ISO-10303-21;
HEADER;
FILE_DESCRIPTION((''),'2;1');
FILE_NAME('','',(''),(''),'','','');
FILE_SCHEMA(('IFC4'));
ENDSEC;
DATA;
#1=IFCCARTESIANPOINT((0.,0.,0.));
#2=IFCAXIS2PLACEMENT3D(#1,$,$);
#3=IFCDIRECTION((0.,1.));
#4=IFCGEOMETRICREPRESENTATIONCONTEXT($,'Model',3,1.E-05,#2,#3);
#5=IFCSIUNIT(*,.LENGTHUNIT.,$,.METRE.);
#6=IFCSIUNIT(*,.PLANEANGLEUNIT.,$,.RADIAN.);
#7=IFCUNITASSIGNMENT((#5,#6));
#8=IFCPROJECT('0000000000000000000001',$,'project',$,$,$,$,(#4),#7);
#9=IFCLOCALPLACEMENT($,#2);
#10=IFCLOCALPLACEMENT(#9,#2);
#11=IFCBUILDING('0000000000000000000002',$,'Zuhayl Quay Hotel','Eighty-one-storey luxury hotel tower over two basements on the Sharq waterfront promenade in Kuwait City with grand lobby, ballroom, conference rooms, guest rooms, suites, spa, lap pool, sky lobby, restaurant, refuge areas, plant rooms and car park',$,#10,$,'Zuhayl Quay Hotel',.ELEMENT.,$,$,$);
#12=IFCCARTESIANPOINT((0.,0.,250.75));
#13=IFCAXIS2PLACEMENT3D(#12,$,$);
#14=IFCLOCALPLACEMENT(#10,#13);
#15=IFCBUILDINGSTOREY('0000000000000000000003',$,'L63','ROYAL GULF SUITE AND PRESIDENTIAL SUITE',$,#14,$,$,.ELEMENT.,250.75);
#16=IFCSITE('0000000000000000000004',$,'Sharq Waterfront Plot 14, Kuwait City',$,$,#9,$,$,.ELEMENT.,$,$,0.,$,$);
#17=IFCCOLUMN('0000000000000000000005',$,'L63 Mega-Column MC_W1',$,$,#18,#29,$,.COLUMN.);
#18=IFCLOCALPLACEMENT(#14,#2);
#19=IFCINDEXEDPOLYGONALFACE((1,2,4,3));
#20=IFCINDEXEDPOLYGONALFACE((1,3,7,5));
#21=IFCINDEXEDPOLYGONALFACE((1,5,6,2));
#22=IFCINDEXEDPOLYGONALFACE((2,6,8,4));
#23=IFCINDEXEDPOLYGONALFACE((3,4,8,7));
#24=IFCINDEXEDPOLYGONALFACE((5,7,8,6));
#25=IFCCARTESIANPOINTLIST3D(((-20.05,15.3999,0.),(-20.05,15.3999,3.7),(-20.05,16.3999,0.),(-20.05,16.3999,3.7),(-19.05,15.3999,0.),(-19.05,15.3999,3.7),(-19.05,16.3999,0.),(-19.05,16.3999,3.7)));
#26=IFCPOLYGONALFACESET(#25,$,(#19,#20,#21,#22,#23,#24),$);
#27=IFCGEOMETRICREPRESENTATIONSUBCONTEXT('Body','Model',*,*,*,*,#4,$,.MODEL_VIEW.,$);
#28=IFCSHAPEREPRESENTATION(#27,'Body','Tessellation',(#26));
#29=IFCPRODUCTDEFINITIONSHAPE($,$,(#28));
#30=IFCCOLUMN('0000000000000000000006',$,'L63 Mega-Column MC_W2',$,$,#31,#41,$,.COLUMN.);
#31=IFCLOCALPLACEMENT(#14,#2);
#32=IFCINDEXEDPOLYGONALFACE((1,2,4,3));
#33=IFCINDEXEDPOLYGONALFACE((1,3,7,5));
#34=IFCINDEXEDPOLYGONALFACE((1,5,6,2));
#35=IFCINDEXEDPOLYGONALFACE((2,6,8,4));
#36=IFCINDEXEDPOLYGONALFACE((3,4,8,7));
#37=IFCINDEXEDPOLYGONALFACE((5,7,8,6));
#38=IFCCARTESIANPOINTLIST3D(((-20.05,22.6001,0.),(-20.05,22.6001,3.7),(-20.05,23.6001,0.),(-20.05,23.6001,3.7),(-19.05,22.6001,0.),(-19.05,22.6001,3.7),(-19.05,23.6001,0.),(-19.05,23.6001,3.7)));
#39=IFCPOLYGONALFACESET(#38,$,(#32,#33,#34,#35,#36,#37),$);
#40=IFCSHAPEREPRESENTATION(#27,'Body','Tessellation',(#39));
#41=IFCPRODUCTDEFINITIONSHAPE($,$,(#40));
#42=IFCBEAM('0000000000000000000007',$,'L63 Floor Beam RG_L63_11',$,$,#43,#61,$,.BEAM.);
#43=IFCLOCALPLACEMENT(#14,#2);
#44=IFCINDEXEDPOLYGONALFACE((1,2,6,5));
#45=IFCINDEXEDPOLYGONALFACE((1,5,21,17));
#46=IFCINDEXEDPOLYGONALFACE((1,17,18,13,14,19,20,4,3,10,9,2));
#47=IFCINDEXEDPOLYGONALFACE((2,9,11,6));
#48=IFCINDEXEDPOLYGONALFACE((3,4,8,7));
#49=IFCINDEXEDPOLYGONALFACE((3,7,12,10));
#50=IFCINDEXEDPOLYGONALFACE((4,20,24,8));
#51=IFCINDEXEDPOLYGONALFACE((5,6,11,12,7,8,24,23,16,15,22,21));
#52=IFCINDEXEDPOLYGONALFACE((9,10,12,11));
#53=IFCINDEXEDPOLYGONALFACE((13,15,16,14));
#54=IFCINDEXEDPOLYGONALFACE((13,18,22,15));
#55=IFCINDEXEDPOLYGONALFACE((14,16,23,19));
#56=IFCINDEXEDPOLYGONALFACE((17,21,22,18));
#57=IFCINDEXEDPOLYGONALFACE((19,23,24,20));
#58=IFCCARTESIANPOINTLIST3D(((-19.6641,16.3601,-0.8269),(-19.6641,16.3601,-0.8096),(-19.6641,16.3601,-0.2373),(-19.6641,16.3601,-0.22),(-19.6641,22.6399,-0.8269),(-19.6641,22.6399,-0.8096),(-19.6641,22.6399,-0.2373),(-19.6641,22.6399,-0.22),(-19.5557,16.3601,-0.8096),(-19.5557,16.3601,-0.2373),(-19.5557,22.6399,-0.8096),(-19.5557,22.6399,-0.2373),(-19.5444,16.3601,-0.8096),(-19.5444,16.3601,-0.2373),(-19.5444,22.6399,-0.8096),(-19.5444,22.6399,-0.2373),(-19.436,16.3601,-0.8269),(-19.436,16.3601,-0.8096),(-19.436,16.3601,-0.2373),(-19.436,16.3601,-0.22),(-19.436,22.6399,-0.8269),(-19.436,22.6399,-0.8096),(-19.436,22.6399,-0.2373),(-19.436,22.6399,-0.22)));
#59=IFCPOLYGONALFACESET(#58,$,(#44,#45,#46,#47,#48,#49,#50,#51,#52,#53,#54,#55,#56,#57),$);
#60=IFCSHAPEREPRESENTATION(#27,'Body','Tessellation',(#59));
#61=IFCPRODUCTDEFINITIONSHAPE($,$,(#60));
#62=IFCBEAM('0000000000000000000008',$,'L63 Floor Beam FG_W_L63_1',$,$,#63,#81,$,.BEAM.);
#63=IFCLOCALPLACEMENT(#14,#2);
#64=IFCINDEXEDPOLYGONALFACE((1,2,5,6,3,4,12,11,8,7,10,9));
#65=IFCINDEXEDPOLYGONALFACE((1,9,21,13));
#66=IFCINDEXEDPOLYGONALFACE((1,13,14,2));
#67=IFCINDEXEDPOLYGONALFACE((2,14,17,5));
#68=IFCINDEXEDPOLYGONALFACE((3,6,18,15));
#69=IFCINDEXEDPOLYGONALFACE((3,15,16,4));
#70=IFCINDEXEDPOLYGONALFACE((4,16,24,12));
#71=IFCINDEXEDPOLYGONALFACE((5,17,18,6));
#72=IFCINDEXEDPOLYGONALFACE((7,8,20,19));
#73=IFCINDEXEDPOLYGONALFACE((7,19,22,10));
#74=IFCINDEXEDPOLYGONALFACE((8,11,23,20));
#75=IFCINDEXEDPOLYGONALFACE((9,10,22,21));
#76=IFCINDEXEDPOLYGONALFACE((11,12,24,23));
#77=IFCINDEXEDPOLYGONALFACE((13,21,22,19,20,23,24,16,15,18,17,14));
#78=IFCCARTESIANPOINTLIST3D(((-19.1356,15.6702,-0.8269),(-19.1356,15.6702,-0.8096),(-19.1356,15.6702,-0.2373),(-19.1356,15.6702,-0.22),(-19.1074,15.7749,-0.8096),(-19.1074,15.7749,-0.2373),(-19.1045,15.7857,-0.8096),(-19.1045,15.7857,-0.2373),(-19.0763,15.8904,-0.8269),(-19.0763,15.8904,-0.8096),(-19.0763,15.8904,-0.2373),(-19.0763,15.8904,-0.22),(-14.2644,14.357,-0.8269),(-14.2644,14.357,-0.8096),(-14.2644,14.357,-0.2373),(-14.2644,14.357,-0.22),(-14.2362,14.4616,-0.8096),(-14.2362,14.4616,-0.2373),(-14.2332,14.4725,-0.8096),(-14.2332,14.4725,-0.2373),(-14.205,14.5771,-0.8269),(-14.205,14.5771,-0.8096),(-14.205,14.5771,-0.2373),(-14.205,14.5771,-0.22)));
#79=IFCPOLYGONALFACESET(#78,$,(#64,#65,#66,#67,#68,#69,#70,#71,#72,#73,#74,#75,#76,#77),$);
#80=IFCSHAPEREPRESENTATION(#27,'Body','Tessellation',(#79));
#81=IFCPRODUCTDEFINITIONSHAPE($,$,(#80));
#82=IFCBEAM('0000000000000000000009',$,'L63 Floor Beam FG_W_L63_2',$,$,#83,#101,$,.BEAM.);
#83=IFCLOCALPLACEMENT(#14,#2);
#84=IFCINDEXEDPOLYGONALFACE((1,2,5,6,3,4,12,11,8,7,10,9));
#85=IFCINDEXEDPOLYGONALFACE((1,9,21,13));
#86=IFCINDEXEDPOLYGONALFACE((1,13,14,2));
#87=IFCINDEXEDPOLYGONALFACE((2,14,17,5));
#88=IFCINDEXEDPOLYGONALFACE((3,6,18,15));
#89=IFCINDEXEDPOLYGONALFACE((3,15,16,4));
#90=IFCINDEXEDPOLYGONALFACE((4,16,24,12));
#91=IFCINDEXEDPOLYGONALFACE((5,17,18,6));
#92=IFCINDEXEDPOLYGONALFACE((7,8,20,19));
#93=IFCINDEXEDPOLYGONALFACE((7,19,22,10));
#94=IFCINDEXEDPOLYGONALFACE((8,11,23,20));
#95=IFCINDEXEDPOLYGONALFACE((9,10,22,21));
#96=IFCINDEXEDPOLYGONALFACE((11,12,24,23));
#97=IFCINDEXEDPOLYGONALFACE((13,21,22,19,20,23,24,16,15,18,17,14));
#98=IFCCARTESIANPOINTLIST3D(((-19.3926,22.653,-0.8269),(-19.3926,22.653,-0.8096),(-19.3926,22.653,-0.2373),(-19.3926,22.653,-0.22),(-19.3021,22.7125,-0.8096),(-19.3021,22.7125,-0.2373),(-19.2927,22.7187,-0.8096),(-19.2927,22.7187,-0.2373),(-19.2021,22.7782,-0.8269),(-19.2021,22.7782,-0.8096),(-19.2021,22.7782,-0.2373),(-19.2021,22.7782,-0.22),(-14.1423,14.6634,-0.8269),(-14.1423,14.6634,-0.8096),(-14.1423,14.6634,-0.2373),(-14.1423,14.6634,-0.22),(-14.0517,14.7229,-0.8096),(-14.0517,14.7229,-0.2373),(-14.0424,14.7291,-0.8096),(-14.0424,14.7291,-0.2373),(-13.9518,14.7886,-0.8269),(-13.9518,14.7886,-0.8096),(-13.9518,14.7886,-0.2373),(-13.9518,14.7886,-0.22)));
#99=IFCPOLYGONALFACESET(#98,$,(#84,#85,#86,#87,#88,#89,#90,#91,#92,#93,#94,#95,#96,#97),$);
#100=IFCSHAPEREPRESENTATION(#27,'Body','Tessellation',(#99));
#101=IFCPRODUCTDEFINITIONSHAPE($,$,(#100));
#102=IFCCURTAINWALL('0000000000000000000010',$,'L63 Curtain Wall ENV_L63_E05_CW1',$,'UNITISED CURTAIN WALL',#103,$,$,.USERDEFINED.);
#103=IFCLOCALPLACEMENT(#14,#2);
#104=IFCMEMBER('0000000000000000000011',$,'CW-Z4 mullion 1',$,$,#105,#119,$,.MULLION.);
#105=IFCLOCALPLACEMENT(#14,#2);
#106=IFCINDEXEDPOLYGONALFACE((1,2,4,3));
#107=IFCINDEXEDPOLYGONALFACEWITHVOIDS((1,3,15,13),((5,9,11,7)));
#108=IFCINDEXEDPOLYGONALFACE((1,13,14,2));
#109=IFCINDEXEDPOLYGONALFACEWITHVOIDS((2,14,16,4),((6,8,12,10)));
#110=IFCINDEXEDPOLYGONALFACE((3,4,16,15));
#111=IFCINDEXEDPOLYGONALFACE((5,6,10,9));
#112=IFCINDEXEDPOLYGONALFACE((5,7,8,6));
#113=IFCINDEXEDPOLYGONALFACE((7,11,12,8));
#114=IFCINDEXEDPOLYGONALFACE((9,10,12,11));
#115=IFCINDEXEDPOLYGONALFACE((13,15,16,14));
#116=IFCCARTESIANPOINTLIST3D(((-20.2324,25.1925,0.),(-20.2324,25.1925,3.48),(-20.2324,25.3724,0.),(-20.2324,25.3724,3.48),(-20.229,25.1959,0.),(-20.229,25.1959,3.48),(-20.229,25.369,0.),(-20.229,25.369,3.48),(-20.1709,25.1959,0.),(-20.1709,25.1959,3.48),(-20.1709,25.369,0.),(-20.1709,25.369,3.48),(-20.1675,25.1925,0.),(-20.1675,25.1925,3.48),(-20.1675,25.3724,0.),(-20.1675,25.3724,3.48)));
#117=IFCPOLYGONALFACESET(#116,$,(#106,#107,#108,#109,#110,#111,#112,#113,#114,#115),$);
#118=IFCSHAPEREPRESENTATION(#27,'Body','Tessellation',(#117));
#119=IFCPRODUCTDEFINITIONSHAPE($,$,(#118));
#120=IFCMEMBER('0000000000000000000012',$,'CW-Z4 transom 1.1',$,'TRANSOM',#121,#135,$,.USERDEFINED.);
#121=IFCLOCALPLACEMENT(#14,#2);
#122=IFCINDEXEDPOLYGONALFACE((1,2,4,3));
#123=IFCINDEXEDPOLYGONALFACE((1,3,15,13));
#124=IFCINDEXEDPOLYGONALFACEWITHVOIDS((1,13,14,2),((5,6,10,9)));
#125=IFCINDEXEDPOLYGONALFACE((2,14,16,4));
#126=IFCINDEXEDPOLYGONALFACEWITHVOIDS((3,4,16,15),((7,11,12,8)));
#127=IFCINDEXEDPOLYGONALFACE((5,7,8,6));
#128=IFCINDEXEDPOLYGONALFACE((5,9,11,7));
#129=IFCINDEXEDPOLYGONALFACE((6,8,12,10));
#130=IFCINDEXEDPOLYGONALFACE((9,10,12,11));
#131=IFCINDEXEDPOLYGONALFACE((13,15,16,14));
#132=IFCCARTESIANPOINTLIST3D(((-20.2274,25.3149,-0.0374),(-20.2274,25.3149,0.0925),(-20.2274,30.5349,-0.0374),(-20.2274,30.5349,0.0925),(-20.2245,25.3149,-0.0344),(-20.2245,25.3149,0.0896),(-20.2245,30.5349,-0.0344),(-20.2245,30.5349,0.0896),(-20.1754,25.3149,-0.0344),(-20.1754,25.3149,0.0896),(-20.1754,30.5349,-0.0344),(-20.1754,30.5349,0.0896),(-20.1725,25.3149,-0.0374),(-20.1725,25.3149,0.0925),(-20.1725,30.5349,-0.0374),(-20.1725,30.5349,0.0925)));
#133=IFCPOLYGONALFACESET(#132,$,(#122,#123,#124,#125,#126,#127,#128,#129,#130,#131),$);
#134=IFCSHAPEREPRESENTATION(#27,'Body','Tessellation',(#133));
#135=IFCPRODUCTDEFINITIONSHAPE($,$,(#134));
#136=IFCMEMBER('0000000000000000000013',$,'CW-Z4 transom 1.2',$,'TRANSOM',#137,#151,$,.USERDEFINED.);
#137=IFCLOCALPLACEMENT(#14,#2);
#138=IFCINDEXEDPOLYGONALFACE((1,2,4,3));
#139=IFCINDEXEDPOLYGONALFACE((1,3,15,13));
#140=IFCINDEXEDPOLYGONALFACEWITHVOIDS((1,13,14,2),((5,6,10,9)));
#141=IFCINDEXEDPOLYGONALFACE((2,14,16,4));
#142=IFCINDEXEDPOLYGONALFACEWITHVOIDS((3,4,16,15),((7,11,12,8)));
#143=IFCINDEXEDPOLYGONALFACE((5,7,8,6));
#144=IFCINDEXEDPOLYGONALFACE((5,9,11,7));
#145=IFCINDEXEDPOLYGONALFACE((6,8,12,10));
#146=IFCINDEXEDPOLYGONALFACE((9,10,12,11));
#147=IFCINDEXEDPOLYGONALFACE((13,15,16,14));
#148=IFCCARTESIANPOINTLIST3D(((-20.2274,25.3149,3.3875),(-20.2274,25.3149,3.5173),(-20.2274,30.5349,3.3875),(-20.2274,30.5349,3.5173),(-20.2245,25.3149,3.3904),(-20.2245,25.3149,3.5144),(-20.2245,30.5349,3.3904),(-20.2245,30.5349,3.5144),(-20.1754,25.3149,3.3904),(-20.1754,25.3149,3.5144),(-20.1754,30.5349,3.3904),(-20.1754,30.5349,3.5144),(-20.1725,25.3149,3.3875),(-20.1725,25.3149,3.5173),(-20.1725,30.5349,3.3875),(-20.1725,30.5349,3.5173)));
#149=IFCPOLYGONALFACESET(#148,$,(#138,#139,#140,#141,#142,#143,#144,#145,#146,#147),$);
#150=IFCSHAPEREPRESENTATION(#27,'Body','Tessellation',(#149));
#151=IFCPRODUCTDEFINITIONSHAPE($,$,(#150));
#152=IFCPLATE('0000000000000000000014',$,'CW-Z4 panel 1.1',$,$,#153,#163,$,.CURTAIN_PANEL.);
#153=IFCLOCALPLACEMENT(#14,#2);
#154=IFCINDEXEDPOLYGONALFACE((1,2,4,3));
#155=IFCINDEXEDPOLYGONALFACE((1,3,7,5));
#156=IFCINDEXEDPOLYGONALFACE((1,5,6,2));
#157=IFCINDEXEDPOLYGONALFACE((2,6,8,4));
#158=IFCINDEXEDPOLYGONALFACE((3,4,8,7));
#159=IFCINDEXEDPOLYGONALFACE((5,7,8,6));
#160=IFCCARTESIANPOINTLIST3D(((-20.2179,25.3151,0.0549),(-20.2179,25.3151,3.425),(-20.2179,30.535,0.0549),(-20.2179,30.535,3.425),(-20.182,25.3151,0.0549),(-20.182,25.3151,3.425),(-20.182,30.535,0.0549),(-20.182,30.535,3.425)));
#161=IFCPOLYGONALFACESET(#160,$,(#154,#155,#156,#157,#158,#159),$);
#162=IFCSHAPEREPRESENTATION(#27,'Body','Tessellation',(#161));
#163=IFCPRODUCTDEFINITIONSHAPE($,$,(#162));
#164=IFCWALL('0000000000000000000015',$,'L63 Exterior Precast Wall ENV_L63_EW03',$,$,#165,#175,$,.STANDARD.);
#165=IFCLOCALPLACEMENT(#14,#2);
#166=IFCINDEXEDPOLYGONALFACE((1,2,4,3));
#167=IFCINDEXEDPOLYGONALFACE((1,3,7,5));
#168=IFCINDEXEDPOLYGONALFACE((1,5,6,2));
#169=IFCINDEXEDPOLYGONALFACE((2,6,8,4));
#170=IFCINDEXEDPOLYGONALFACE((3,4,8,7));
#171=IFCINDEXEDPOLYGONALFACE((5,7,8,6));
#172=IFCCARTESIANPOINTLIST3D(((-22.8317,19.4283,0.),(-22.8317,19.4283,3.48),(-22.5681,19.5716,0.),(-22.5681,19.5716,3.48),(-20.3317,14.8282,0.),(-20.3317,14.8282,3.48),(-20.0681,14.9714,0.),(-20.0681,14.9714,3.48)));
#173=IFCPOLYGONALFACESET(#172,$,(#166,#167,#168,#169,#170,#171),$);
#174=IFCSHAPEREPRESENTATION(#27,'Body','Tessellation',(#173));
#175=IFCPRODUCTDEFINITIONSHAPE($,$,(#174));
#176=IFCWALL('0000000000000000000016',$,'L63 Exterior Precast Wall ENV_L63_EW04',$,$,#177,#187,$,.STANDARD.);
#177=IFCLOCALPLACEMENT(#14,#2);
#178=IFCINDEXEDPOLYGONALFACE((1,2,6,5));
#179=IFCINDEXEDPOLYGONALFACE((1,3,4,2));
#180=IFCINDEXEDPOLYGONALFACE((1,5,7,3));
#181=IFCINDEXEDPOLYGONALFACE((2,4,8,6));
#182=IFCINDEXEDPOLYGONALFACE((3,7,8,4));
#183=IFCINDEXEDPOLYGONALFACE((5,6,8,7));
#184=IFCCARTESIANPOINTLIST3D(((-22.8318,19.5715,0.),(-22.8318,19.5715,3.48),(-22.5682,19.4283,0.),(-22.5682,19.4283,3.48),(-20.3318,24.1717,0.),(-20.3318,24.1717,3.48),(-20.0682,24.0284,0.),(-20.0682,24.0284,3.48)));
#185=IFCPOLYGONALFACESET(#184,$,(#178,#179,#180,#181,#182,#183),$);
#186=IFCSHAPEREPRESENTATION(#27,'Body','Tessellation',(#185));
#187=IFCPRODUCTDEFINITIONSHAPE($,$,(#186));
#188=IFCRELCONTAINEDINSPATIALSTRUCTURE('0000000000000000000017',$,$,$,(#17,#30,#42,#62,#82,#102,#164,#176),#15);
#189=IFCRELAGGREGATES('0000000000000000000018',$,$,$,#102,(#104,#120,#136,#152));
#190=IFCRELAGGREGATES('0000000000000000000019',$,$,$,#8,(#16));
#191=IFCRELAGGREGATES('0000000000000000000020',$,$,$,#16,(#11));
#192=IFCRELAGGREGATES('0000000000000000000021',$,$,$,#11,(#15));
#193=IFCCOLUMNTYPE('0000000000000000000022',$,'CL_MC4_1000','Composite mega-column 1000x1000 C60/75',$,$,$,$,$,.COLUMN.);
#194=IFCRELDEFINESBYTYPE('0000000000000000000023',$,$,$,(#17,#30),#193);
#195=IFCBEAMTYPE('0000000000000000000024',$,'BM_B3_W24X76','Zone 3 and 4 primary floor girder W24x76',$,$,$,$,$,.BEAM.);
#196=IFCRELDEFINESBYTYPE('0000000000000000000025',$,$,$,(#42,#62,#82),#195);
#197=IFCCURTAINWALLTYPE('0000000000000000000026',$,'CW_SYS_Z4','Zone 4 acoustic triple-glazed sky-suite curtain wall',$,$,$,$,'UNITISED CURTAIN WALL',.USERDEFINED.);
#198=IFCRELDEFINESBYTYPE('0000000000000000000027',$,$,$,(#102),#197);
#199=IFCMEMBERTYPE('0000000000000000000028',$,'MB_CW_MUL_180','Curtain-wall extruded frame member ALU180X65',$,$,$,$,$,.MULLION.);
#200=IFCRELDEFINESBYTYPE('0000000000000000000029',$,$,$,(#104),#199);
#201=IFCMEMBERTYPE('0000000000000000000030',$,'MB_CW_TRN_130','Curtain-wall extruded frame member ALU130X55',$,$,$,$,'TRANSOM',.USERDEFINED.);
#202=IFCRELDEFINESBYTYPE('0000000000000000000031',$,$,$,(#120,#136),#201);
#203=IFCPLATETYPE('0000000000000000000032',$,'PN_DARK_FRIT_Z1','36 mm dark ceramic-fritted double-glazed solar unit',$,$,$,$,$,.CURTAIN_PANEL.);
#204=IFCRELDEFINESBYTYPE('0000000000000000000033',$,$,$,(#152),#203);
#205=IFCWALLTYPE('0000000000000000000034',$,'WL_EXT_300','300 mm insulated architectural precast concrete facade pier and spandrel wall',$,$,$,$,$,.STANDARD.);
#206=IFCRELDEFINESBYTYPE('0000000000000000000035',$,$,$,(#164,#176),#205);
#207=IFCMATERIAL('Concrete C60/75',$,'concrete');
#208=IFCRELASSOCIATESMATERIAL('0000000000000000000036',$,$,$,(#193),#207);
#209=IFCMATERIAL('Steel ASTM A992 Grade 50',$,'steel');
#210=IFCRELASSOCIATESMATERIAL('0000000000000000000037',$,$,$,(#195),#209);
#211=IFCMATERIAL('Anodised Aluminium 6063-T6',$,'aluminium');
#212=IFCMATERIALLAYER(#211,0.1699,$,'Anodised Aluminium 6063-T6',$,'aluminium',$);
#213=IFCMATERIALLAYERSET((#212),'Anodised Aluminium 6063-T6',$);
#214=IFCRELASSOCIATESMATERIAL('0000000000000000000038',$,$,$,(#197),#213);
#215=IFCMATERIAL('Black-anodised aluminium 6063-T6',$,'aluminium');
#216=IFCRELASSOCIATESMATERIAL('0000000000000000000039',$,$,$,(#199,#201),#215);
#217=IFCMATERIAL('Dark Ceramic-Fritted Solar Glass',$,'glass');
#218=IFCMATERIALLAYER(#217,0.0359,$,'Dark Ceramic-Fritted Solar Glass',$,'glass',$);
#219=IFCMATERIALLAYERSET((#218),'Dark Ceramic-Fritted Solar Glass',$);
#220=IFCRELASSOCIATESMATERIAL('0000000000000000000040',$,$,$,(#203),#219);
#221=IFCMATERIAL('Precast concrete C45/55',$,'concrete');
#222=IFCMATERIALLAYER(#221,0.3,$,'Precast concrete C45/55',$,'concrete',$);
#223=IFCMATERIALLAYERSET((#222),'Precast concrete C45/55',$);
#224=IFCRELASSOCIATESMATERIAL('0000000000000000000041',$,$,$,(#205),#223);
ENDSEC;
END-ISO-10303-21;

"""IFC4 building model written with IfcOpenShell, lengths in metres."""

from ifc_helpers import new_model, si_unit, direction, frame, frame_2d, origin, origin_2d, place, context, subcontext, project, spatial, rectangle, hollow_rectangle, i_section, extrude, material, layer, layer_set, material_profile, profile_set, type_object, element, aggregate, save


model = new_model("IFC4")

# Units and contexts
model_context = context("Model", 3, precision=1e-05, world=origin(), true_north=direction((0.0, 1.0)))
body_context = subcontext(model_context, "Body", "Model", "MODEL_VIEW")
ifc_project = project(units=[si_unit("LENGTHUNIT", "METRE"), si_unit("PLANEANGLEUNIT", "RADIAN")], contexts=[model_context])

# Site, building, storey
site_placement = place(None, origin())
site = spatial("IfcSite", under=ifc_project, at=site_placement, Name="Sharq Waterfront Plot 14, Kuwait City", CompositionType="ELEMENT", RefElevation=0.0)
building_placement = place(site_placement, origin())
building = spatial("IfcBuilding", under=site, at=building_placement, Name="Zuhayl Quay Hotel", Description="Eighty-one-storey luxury hotel tower over two basements on the Sharq waterfront promenade in Kuwait City with grand lobby, ballroom, conference rooms, guest rooms, suites, spa, lap pool, sky lobby, restaurant, refuge areas, plant rooms and car park", LongName="Zuhayl Quay Hotel", CompositionType="ELEMENT")
storey_placement = place(building_placement, frame((0.0, 0.0, 250.75)))
storey = spatial("IfcBuildingStorey", under=building, at=storey_placement, Name="L63", Description="ROYAL GULF SUITE AND PRESIDENTIAL SUITE", CompositionType="ELEMENT", Elevation=250.75)

# Columns
ifc_material_1 = material(Name="Concrete C60/75", Category="concrete")
ifc_material_profile_1 = material_profile(ifc_material_1, rectangle(XDim=1.0, YDim=1.0, at=origin_2d()), Name="RC1000X1000")
ifc_profile_set_1 = profile_set([ifc_material_profile_1], Name="Concrete C60/75")
column_type = type_object("IfcColumnType", Name="CL_MC4_1000", Description="Composite mega-column 1000x1000 C60/75", PredefinedType="COLUMN", material=ifc_profile_set_1)
for number, where, z_axis, x_axis, name in (
    (1, (-19.55, 15.8999, 0.0), (0.0, 0.0, 1.0), (1.0, 0.0, 0.0), "L63 Mega-Column MC_W1"),
    (2, (-19.55, 23.1001, 0.0), (0.0, 0.0, 1.0), (1.0, 0.0, 0.0), "L63 Mega-Column MC_W2"),
):
    element("IfcColumn", number, at=place(storey_placement, frame(where, z_axis=z_axis, x_axis=x_axis)), inside=storey, type_object=column_type, Name=name, PredefinedType="COLUMN", context=body_context, shape_type="SweptSolid", body=[
        extrude(rectangle(XDim=1.0, YDim=1.0, at=origin_2d()), origin(), (0.0, 0.0, 1.0), 3.7),
    ])

# Beams
ifc_material_2 = material(Name="Steel ASTM A992 Grade 50", Category="steel")
ifc_material_profile_2 = material_profile(ifc_material_2, i_section(OverallWidth=0.228, OverallDepth=0.6069, WebThickness=0.0112, FlangeThickness=0.0173, at=origin_2d()), Name="W24X76")
ifc_profile_set_2 = profile_set([ifc_material_profile_2], Name="Steel ASTM A992 Grade 50")
beam_type = type_object("IfcBeamType", Name="BM_B3_W24X76", Description="Zone 3 and 4 primary floor girder W24x76", PredefinedType="BEAM", material=ifc_profile_set_2)
beam_1_placement = place(storey_placement, frame((-19.55, 22.6399, -0.5234), z_axis=(0.0, -1.0, 0.0), x_axis=(1.0, 0.0, 0.0)))
element("IfcBeam", 3, at=beam_1_placement, inside=storey, type_object=beam_type, Name="L63 Floor Beam RG_L63_11", PredefinedType="BEAM", context=body_context, shape_type="SweptSolid", body=[
    extrude(i_section(OverallWidth=0.228, OverallDepth=0.6069, WebThickness=0.0112, FlangeThickness=0.0173, at=origin_2d()), origin(), (0.0, 0.0, 1.0), 6.2798),
])
beam_2_placement = place(storey_placement, frame((-19.106, 15.7803, -0.5234), z_axis=(0.96553, -0.260291, 0.0), x_axis=(0.260291, 0.96553, 0.0)))
element("IfcBeam", 4, at=beam_2_placement, inside=storey, type_object=beam_type, Name="L63 Floor Beam FG_W_L63_1", PredefinedType="BEAM", context=body_context, shape_type="SweptSolid", body=[
    extrude(i_section(OverallWidth=0.228, OverallDepth=0.6069, WebThickness=0.0112, FlangeThickness=0.0173, at=origin_2d()), origin(), (0.0, 0.0, 1.0), 5.0452),
])
beam_3_placement = place(storey_placement, frame((-19.2974, 22.7156, -0.5234), z_axis=(0.549178, -0.835705, 0.0), x_axis=(0.835705, 0.549178, 0.0)))
element("IfcBeam", 5, at=beam_3_placement, inside=storey, type_object=beam_type, Name="L63 Floor Beam FG_W_L63_2", PredefinedType="BEAM", context=body_context, shape_type="SweptSolid", body=[
    extrude(i_section(OverallWidth=0.228, OverallDepth=0.6069, WebThickness=0.0112, FlangeThickness=0.0173, at=origin_2d()), origin(), (0.0, 0.0, 1.0), 9.5603),
])

# Curtain wall, members, plate
ifc_material_3 = material(Name="Anodised Aluminium 6063-T6", Category="aluminium")
ifc_layer_1 = layer(ifc_material_3, 0.1699, Name="Anodised Aluminium 6063-T6", Category="aluminium")
ifc_layer_set_1 = layer_set([ifc_layer_1], Name="Anodised Aluminium 6063-T6")
curtain_wall_type = type_object("IfcCurtainWallType", Name="CW_SYS_Z4", Description="Zone 4 acoustic triple-glazed sky-suite curtain wall", ElementType="UNITISED CURTAIN WALL", PredefinedType="USERDEFINED", material=ifc_layer_set_1)
curtain_wall_placement = place(storey_placement, origin())
curtain_wall = element("IfcCurtainWall", 6, at=curtain_wall_placement, inside=storey, type_object=curtain_wall_type, Name="L63 Curtain Wall ENV_L63_E05_CW1", ObjectType="UNITISED CURTAIN WALL", PredefinedType="USERDEFINED")
ifc_material_4 = material(Name="Black-anodised aluminium 6063-T6", Category="aluminium")
ifc_material_profile_3 = material_profile(ifc_material_4, hollow_rectangle(XDim=0.0649, YDim=0.1799, WallThickness=0.0034, at=origin_2d()), Name="ALU180X65")
ifc_profile_set_3 = profile_set([ifc_material_profile_3], Name="Black-anodised aluminium 6063-T6")
member_type_1 = type_object("IfcMemberType", Name="MB_CW_MUL_180", Description="Curtain-wall extruded frame member ALU180X65", PredefinedType="MULLION", material=ifc_profile_set_3)
member_1_placement = place(storey_placement, frame((-20.2, 25.2825, 0.0), z_axis=(0.0, 0.0, 1.0), x_axis=(-1.0, 0.0, 0.0)))
member_1 = element("IfcMember", 7, at=member_1_placement, type_object=member_type_1, Name="CW-Z4 mullion 1", PredefinedType="MULLION", context=body_context, shape_type="SweptSolid", body=[
    extrude(hollow_rectangle(XDim=0.0649, YDim=0.1799, WallThickness=0.0034, at=origin_2d()), origin(), (0.0, 0.0, 1.0), 3.48),
])
ifc_material_profile_4 = material_profile(ifc_material_4, hollow_rectangle(XDim=0.0549, YDim=0.1299, WallThickness=0.0029, at=origin_2d()), Name="ALU130X55")
ifc_profile_set_4 = profile_set([ifc_material_profile_4], Name="Black-anodised aluminium 6063-T6")
member_type_2 = type_object("IfcMemberType", Name="MB_CW_TRN_130", Description="Curtain-wall extruded frame member ALU130X55", ElementType="TRANSOM", PredefinedType="USERDEFINED", material=ifc_profile_set_4)
member_2_placement = place(storey_placement, frame((-20.2, 25.3149, 0.0276), z_axis=(0.0, 1.0, 0.0), x_axis=(-1.0, 0.0, 0.0)))
member_2 = element("IfcMember", 8, at=member_2_placement, type_object=member_type_2, Name="CW-Z4 transom 1.1", ObjectType="TRANSOM", PredefinedType="USERDEFINED", context=body_context, shape_type="SweptSolid", body=[
    extrude(hollow_rectangle(XDim=0.0549, YDim=0.1299, WallThickness=0.0029, at=origin_2d()), origin(), (0.0, 0.0, 1.0), 5.22),
])
member_3_placement = place(storey_placement, frame((-20.2, 25.3149, 3.4524), z_axis=(0.0, 1.0, 0.0), x_axis=(-1.0, 0.0, 0.0)))
member_3 = element("IfcMember", 9, at=member_3_placement, type_object=member_type_2, Name="CW-Z4 transom 1.2", ObjectType="TRANSOM", PredefinedType="USERDEFINED", context=body_context, shape_type="SweptSolid", body=[
    extrude(hollow_rectangle(XDim=0.0549, YDim=0.1299, WallThickness=0.0029, at=origin_2d()), origin(), (0.0, 0.0, 1.0), 5.22),
])
ifc_material_5 = material(Name="Dark Ceramic-Fritted Solar Glass", Category="glass")
ifc_layer_2 = layer(ifc_material_5, 0.0359, Name="Dark Ceramic-Fritted Solar Glass", Category="glass")
ifc_layer_set_2 = layer_set([ifc_layer_2], Name="Dark Ceramic-Fritted Solar Glass")
plate_type = type_object("IfcPlateType", Name="PN_DARK_FRIT_Z1", Description="36 mm dark ceramic-fritted double-glazed solar unit", PredefinedType="CURTAIN_PANEL", material=ifc_layer_set_2)
plate_placement = place(storey_placement, frame((-20.2, 27.925, 0.0549), z_axis=(0.0, 0.0, 1.0), x_axis=(0.0, 1.0, 0.0)))
plate = element("IfcPlate", 10, at=plate_placement, type_object=plate_type, Name="CW-Z4 panel 1.1", PredefinedType="CURTAIN_PANEL", context=body_context, shape_type="SweptSolid", body=[
    extrude(rectangle(XDim=5.22, YDim=0.0359, at=origin_2d()), origin(), (0.0, 0.0, 1.0), 3.3701),
])
aggregate(curtain_wall, [member_1, member_2, member_3, plate])

# Walls
ifc_material_6 = material(Name="Precast concrete C45/55", Category="concrete")
ifc_layer_3 = layer(ifc_material_6, 0.3, Name="Precast concrete C45/55", Category="concrete")
ifc_layer_set_3 = layer_set([ifc_layer_3], Name="Precast concrete C45/55")
wall_type_1 = type_object("IfcWallType", Name="WL_EXT_300", Description="300 mm insulated architectural precast concrete facade pier and spandrel wall", PredefinedType="STANDARD", material=ifc_layer_set_3)
for number, where, z_axis, x_axis, name in (
    (11, (-20.2, 14.8999, 0.0), (0.0, 0.0, 1.0), (-0.477505, 0.878629, 0.0), "L63 Exterior Precast Wall ENV_L63_EW03"),
    (12, (-22.7, 19.5, 0.0), (0.0, 0.0, 1.0), (0.477505, 0.878629, 0.0), "L63 Exterior Precast Wall ENV_L63_EW04"),
):
    element("IfcWall", number, at=place(storey_placement, frame(where, z_axis=z_axis, x_axis=x_axis)), inside=storey, type_object=wall_type_1, Name=name, PredefinedType="STANDARD", context=body_context, shape_type="SweptSolid", body=[
        extrude(rectangle(XDim=5.2356, YDim=0.3, at=frame_2d((2.6177, 0.0))), origin(), (0.0, 0.0, 1.0), 3.48),
    ])

save(model, "model.ifc")
